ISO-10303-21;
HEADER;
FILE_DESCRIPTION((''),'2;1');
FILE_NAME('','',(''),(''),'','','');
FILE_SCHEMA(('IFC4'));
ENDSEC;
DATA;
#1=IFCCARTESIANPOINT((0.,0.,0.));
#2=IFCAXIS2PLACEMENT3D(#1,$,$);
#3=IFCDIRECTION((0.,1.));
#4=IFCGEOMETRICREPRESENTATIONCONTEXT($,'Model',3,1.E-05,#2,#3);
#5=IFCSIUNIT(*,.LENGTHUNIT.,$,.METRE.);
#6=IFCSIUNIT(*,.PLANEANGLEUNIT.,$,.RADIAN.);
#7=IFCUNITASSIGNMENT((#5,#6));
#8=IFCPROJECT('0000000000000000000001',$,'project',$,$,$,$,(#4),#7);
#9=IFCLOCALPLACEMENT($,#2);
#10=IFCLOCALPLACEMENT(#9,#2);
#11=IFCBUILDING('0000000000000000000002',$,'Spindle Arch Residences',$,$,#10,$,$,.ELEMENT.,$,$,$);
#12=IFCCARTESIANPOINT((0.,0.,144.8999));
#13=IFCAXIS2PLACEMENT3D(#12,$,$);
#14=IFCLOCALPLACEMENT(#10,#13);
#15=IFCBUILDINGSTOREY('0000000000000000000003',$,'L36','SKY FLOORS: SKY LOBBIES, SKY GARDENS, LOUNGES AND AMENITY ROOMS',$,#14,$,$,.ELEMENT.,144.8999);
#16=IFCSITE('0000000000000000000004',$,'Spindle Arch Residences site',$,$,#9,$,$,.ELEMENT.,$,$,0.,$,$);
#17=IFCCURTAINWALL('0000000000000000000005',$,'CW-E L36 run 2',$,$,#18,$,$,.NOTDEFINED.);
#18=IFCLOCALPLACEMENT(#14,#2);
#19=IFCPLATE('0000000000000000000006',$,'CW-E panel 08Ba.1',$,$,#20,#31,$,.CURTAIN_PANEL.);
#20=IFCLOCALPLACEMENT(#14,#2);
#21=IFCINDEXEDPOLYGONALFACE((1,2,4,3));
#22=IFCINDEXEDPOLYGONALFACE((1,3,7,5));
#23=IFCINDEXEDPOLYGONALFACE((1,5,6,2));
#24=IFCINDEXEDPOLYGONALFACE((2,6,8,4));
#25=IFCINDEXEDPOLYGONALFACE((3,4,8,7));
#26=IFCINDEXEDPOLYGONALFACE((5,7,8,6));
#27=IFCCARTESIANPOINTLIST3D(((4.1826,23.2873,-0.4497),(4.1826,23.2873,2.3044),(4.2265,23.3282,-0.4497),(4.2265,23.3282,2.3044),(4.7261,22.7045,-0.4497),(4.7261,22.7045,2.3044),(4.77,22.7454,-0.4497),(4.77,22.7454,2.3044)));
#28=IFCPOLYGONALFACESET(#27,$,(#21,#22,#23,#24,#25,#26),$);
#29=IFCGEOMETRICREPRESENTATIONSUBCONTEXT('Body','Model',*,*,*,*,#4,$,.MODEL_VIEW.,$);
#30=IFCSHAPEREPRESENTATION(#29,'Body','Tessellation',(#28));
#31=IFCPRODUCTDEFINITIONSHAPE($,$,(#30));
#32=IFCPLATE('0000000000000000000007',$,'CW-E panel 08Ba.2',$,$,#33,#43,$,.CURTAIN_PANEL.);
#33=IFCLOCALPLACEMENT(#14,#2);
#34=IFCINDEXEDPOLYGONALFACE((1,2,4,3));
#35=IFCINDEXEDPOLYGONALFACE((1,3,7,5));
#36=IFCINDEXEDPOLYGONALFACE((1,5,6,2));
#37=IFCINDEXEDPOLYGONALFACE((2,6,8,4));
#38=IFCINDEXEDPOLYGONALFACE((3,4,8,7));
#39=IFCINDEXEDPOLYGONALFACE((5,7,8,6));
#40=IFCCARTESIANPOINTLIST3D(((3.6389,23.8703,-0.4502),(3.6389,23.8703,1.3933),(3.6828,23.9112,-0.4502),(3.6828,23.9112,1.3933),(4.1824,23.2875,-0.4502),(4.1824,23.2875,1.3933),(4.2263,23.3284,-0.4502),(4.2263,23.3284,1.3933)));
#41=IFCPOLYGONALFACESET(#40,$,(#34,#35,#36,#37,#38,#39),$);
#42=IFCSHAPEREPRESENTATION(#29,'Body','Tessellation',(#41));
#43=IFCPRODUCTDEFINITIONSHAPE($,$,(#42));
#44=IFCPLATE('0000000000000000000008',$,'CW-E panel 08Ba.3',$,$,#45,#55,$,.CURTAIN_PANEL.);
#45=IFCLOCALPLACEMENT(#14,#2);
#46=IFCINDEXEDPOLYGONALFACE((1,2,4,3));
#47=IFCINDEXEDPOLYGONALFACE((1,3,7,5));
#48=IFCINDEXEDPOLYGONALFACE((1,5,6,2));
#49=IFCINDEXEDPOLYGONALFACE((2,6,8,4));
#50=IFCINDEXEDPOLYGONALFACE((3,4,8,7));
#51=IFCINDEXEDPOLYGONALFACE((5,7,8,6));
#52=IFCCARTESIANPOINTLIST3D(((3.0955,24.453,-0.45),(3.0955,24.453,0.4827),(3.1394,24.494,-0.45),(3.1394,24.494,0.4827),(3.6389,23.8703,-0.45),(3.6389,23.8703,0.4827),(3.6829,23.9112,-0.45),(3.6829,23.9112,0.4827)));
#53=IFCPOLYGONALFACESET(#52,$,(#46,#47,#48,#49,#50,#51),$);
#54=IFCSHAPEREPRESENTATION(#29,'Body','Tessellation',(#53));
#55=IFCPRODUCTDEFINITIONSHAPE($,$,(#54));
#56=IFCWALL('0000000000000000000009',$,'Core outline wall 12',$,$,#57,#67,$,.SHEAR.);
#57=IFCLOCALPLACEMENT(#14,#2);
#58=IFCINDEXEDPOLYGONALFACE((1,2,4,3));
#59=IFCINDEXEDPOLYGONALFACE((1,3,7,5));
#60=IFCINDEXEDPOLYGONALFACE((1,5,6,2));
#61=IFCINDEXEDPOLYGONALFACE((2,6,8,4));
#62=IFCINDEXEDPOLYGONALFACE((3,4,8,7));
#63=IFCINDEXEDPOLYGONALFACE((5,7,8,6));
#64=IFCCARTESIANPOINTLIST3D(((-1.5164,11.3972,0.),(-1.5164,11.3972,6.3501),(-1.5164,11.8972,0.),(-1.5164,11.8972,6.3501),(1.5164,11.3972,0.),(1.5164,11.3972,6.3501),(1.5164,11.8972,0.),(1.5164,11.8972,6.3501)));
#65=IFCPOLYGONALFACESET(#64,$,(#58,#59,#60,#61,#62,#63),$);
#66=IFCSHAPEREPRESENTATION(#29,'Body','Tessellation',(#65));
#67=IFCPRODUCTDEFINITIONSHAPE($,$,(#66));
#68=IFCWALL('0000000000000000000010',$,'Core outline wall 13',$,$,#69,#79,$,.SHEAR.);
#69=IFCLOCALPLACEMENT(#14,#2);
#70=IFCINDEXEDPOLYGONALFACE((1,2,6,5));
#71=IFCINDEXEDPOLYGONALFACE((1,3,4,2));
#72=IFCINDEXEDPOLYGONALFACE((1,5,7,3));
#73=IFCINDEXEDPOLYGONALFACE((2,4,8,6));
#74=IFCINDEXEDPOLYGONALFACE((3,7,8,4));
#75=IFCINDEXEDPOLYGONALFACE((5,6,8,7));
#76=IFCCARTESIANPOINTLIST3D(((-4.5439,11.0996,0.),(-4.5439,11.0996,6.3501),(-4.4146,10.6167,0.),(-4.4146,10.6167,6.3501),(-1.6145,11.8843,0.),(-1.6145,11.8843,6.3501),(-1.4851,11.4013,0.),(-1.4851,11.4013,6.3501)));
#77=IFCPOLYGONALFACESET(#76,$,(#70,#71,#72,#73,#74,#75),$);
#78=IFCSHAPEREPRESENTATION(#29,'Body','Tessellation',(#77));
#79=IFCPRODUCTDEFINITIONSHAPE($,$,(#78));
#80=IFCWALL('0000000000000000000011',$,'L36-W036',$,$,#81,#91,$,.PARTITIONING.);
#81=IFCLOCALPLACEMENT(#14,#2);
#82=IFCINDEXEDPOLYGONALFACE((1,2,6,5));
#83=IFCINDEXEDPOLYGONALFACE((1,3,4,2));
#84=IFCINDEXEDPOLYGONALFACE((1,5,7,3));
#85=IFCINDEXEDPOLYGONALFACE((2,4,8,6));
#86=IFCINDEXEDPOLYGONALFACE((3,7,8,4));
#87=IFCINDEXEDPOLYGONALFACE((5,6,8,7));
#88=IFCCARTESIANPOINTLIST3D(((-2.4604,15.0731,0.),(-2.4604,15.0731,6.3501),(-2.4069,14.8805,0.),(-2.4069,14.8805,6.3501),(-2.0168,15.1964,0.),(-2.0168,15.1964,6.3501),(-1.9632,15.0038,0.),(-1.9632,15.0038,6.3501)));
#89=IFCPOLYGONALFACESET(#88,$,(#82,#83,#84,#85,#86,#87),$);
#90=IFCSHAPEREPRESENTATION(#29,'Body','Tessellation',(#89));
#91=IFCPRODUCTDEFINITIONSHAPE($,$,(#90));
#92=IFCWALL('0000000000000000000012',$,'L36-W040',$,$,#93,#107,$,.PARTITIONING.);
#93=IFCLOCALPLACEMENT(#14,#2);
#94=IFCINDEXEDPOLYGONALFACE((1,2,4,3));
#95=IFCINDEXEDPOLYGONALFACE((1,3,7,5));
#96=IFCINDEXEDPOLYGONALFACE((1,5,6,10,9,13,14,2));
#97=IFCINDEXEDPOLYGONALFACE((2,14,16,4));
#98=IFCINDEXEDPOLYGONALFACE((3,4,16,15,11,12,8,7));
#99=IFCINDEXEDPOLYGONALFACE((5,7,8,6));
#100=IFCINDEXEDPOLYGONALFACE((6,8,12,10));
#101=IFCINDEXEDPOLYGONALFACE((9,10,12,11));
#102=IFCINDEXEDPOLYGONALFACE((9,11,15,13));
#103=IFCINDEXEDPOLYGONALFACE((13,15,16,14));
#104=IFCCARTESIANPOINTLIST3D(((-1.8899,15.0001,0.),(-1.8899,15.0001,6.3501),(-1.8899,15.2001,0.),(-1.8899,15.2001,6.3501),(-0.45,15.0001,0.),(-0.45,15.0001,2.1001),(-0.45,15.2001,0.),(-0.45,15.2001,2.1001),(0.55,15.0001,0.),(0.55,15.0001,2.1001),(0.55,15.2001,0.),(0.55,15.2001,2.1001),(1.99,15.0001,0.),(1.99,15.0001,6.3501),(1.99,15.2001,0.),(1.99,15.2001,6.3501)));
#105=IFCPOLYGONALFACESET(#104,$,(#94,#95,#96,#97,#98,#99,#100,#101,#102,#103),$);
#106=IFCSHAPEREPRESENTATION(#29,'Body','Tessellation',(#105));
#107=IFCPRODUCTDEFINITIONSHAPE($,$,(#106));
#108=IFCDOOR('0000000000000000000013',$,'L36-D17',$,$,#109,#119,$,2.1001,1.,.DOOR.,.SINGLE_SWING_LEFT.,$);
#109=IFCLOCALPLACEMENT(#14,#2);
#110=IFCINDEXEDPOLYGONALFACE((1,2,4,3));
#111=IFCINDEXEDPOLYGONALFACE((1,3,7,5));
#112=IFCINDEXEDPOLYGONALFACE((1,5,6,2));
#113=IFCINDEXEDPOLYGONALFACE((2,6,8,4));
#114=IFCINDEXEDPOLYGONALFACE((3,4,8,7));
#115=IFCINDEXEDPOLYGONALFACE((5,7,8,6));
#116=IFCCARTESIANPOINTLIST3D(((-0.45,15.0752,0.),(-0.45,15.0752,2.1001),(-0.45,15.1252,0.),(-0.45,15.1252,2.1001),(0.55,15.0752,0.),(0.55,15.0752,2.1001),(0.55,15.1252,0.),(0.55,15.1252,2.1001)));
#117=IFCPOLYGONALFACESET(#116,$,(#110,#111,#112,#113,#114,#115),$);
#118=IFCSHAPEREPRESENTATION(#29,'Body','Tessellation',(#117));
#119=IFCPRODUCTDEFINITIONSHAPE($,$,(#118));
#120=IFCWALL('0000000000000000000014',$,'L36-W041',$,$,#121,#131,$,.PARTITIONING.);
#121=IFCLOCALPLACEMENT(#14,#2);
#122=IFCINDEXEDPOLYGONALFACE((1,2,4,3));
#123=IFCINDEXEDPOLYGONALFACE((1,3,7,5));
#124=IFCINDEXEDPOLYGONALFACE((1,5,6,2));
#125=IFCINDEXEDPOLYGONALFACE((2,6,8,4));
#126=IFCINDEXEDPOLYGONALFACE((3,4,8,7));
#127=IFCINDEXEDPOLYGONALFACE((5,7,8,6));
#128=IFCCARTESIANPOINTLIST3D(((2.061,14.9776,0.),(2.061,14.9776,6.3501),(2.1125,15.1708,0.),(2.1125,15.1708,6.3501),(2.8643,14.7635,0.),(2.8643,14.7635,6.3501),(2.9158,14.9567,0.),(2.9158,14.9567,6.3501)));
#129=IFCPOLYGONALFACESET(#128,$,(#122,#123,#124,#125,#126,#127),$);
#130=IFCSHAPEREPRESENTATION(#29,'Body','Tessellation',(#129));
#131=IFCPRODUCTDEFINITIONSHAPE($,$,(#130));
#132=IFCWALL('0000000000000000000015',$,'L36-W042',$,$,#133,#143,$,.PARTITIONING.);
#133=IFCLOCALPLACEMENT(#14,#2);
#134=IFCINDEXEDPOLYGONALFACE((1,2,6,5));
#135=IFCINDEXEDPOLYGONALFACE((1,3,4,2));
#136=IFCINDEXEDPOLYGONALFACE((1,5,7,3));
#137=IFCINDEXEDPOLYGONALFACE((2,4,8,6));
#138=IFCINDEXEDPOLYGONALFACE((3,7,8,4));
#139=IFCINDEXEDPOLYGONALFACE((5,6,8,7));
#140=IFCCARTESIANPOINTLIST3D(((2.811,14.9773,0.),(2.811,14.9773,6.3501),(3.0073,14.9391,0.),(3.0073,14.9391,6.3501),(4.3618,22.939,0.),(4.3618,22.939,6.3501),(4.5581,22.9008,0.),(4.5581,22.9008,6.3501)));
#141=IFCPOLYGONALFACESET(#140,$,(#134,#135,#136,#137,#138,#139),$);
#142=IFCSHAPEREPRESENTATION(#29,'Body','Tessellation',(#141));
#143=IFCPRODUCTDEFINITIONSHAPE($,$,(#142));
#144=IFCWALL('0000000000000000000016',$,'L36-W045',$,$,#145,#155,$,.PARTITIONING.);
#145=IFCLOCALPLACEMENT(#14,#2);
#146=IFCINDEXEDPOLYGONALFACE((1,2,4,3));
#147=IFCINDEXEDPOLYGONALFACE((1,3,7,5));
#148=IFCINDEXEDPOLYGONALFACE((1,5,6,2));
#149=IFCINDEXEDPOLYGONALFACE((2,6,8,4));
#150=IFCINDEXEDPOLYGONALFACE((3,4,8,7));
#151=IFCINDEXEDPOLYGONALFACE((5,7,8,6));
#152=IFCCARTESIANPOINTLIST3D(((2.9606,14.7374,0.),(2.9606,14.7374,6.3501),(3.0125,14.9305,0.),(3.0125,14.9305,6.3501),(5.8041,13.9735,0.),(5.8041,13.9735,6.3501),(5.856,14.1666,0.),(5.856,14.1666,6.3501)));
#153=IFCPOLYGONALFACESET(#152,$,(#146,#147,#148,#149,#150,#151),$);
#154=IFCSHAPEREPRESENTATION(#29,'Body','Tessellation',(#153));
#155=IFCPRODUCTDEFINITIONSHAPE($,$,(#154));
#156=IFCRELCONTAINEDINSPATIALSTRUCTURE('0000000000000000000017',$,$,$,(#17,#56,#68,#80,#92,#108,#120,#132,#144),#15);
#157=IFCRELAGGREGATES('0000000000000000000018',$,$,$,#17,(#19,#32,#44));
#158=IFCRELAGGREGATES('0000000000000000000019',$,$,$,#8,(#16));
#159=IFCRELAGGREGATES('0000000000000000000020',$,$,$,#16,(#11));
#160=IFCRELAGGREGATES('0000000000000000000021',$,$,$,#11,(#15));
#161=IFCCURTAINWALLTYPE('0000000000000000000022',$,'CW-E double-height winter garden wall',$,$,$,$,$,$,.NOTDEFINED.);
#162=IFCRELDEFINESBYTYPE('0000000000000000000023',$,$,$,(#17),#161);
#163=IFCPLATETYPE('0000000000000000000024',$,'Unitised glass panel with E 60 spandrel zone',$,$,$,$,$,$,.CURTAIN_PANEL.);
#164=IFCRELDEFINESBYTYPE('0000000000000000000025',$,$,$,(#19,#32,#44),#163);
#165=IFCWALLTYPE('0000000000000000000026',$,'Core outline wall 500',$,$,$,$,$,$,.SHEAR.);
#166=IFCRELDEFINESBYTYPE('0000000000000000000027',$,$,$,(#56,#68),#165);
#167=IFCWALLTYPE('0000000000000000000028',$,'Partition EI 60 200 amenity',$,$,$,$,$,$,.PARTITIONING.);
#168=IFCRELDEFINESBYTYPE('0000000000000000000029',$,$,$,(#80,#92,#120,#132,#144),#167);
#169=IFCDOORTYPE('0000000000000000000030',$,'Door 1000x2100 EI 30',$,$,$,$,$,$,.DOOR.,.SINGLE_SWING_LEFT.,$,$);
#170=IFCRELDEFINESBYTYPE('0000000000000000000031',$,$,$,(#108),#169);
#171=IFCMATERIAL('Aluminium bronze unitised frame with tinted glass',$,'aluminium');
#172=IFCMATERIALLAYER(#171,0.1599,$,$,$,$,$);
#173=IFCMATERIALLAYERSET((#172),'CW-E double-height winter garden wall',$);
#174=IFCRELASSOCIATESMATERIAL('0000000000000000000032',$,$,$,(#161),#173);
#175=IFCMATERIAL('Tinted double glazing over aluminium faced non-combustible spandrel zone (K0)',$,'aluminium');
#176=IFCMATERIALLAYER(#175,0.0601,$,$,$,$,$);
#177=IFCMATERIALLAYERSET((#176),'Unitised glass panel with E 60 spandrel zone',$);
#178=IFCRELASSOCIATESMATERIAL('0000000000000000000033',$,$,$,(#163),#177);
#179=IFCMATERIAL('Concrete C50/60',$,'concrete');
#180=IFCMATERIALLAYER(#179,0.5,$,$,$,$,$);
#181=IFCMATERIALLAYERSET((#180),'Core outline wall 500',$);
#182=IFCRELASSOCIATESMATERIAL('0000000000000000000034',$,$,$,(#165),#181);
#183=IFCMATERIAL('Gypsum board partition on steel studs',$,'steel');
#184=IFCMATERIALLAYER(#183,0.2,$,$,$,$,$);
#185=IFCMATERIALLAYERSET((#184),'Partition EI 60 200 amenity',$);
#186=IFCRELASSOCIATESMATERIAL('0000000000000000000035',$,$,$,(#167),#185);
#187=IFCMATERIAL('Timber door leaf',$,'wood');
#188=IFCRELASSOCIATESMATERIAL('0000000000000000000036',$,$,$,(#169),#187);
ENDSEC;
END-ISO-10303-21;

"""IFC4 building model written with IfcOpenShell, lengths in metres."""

from ifc_helpers import new_model, si_unit, direction, frame, frame_2d, origin, origin_2d, place, context, subcontext, project, spatial, rectangle, extrude, material, layer, layer_set, type_object, element, fill, aggregate, save


model = new_model("IFC4")

# Units and contexts
model_context = context("Model", 3, precision=1e-05, world=origin(), true_north=direction((0.0, 1.0)))
body_context = subcontext(model_context, "Body", "Model", "MODEL_VIEW")
ifc_project = project(units=[si_unit("LENGTHUNIT", "METRE"), si_unit("PLANEANGLEUNIT", "RADIAN")], contexts=[model_context])

# Site, building, storey
site_placement = place(None, origin())
site = spatial("IfcSite", under=ifc_project, at=site_placement, Name="Spindle Arch Residences site", CompositionType="ELEMENT", RefElevation=0.0)
building_placement = place(site_placement, origin())
building = spatial("IfcBuilding", under=site, at=building_placement, Name="Spindle Arch Residences", CompositionType="ELEMENT")
storey_placement = place(building_placement, frame((0.0, 0.0, 144.8999)))
storey = spatial("IfcBuildingStorey", under=building, at=storey_placement, Name="L36", Description="SKY FLOORS: SKY LOBBIES, SKY GARDENS, LOUNGES AND AMENITY ROOMS", CompositionType="ELEMENT", Elevation=144.8999)

# Curtain wall, plates
ifc_material_1 = material(Name="Aluminium bronze unitised frame with tinted glass", Category="aluminium")
ifc_layer_1 = layer(ifc_material_1, 0.1599)
ifc_layer_set_1 = layer_set([ifc_layer_1], Name="CW-E double-height winter garden wall")
curtain_wall_type = type_object("IfcCurtainWallType", Name="CW-E double-height winter garden wall", PredefinedType="NOTDEFINED", material=ifc_layer_set_1)
curtain_wall_placement = place(storey_placement, origin())
curtain_wall = element("IfcCurtainWall", 1, at=curtain_wall_placement, inside=storey, type_object=curtain_wall_type, Name="CW-E L36 run 2", PredefinedType="NOTDEFINED")
ifc_material_2 = material(Name="Tinted double glazing over aluminium faced non-combustible spandrel zone (K0)", Category="aluminium")
ifc_layer_2 = layer(ifc_material_2, 0.0601)
ifc_layer_set_2 = layer_set([ifc_layer_2], Name="Unitised glass panel with E 60 spandrel zone")
plate_type_1 = type_object("IfcPlateType", Name="Unitised glass panel with E 60 spandrel zone", PredefinedType="CURTAIN_PANEL", material=ifc_layer_set_2)
plate_1_placement = place(storey_placement, frame((4.4763, 23.0164, -0.4497), z_axis=(0.0, 0.0, 1.0), x_axis=(-0.681998, 0.731354, 0.0)))
plate_1 = element("IfcPlate", 2, at=plate_1_placement, type_object=plate_type_1, Name="CW-E panel 08Ba.1", PredefinedType="CURTAIN_PANEL", context=body_context, shape_type="SweptSolid", body=[
    extrude(rectangle(XDim=0.7969, YDim=0.0601, at=origin_2d()), origin(), (0.0, 0.0, 1.0), 2.7542),
])
plate_2_placement = place(storey_placement, frame((3.9326, 23.5994, -0.4502), z_axis=(0.0, 0.0, 1.0), x_axis=(-0.681998, 0.731354, 0.0)))
plate_2 = element("IfcPlate", 3, at=plate_2_placement, type_object=plate_type_1, Name="CW-E panel 08Ba.2", PredefinedType="CURTAIN_PANEL", context=body_context, shape_type="SweptSolid", body=[
    extrude(rectangle(XDim=0.7969, YDim=0.0601, at=origin_2d()), origin(), (0.0, 0.0, 1.0), 1.8435),
])
plate_3_placement = place(storey_placement, frame((3.3892, 24.1821, -0.45), z_axis=(0.0, 0.0, 1.0), x_axis=(-0.681998, 0.731354, 0.0)))
plate_3 = element("IfcPlate", 4, at=plate_3_placement, type_object=plate_type_1, Name="CW-E panel 08Ba.3", PredefinedType="CURTAIN_PANEL", context=body_context, shape_type="SweptSolid", body=[
    extrude(rectangle(XDim=0.7969, YDim=0.0601, at=origin_2d()), origin(), (0.0, 0.0, 1.0), 0.9326),
])
aggregate(curtain_wall, [plate_1, plate_2, plate_3])

# Walls
ifc_material_3 = material(Name="Concrete C50/60", Category="concrete")
ifc_layer_3 = layer(ifc_material_3, 0.5)
ifc_layer_set_3 = layer_set([ifc_layer_3], Name="Core outline wall 500")
wall_type_1 = type_object("IfcWallType", Name="Core outline wall 500", PredefinedType="SHEAR", material=ifc_layer_set_3)
for number, where, z_axis, x_axis, name in (
    (5, (1.5164, 11.6472, 0.0), (0.0, 0.0, 1.0), (-1.0, 0.0, 0.0), "Core outline wall 12"),
    (6, (-1.5498, 11.6428, 0.0), (0.0, 0.0, 1.0), (-0.965948, -0.258735, 0.0), "Core outline wall 13"),
):
    element("IfcWall", number, at=place(storey_placement, frame(where, z_axis=z_axis, x_axis=x_axis)), inside=storey, type_object=wall_type_1, Name=name, PredefinedType="SHEAR", context=body_context, shape_type="SweptSolid", body=[
        extrude(rectangle(XDim=3.0327, YDim=0.5, at=frame_2d((1.5164, 0.0))), origin(), (0.0, 0.0, 1.0), 6.3501),
    ])
ifc_material_4 = material(Name="Gypsum board partition on steel studs", Category="steel")
ifc_layer_4 = layer(ifc_material_4, 0.2)
ifc_layer_set_4 = layer_set([ifc_layer_4], Name="Partition EI 60 200 amenity")
wall_type_2 = type_object("IfcWallType", Name="Partition EI 60 200 amenity", PredefinedType="PARTITIONING", material=ifc_layer_set_4)
wall_1_placement = place(storey_placement, frame((-1.99, 15.1001, 0.0), z_axis=(0.0, 0.0, 1.0), x_axis=(-0.96348, -0.267781, 0.0)))
element("IfcWall", 7, at=wall_1_placement, inside=storey, type_object=wall_type_2, Name="L36-W036", PredefinedType="PARTITIONING", context=body_context, shape_type="SweptSolid", body=[
    extrude(rectangle(XDim=0.4604, YDim=0.2, at=frame_2d((0.2302, 0.0))), origin(), (0.0, 0.0, 1.0), 6.3501),
])

# Wall, opening, door
wall_2_placement = place(storey_placement, frame((1.99, 15.1001, 0.0), z_axis=(0.0, 0.0, 1.0), x_axis=(-1.0, 0.0, 0.0)))
wall_2 = element("IfcWall", 8, at=wall_2_placement, inside=storey, type_object=wall_type_2, Name="L36-W040", PredefinedType="PARTITIONING", context=body_context, shape_type="SweptSolid", body=[
    extrude(rectangle(XDim=3.8799, YDim=0.2, at=frame_2d((1.9399, 0.0))), origin(), (0.0, 0.0, 1.0), 6.3501),
])
opening_placement = place(wall_2_placement, frame((1.4399, 0.0, 0.0)))
opening = element("IfcOpeningElement", 9, at=opening_placement, cuts=wall_2, PredefinedType="OPENING", context=body_context, shape_type="SweptSolid", body=[
    extrude(rectangle(XDim=1.0, YDim=2.1001, at=frame_2d((0.5, 1.05))), frame((0.0, 0.1099, 0.0), z_axis=(0.0, -1.0, 0.0), x_axis=(1.0, 0.0, 0.0)), (0.0, 0.0, 1.0), 0.22),
])
ifc_material_5 = material(Name="Timber door leaf", Category="wood")
door_type = type_object("IfcDoorType", Name="Door 1000x2100 EI 30", OperationType="SINGLE_SWING_LEFT", PredefinedType="DOOR", material=ifc_material_5)
door_placement = place(opening_placement, origin())
door = element("IfcDoor", 10, at=door_placement, inside=storey, type_object=door_type, Name="L36-D17", OperationType="SINGLE_SWING_LEFT", OverallHeight=2.1001, OverallWidth=1.0, PredefinedType="DOOR", context=body_context, shape_type="SweptSolid", body=[
    extrude(rectangle(XDim=1.0, YDim=2.1001, at=frame_2d((0.5, 1.05))), frame((0.0, 0.0249, 0.0), z_axis=(0.0, -1.0, 0.0), x_axis=(1.0, 0.0, 0.0)), (0.0, 0.0, 1.0), 0.05),
])
fill(opening, door)

# Walls
wall_3_placement = place(storey_placement, frame((2.8899, 14.8601, 0.0), z_axis=(0.0, 0.0, 1.0), x_axis=(-0.966259, 0.257571, 0.0)))
element("IfcWall", 11, at=wall_3_placement, inside=storey, type_object=wall_type_2, Name="L36-W041", PredefinedType="PARTITIONING", context=body_context, shape_type="SweptSolid", body=[
    extrude(rectangle(XDim=0.8313, YDim=0.2, at=frame_2d((0.4155, 0.0))), origin(), (0.0, 0.0, 1.0), 6.3501),
])
wall_4_placement = place(storey_placement, frame((4.46, 22.9199, 0.0), z_axis=(0.0, 0.0, 1.0), x_axis=(-0.191188, -0.981553, 0.0)))
element("IfcWall", 12, at=wall_4_placement, inside=storey, type_object=wall_type_2, Name="L36-W042", PredefinedType="PARTITIONING", context=body_context, shape_type="SweptSolid", body=[
    extrude(rectangle(XDim=8.1113, YDim=0.2, at=frame_2d((4.0557, 0.0))), origin(), (0.0, 0.0, 1.0), 6.3501),
])
wall_5_placement = place(storey_placement, frame((5.8301, 14.0701, 0.0), z_axis=(0.0, 0.0, 1.0), x_axis=(-0.965756, 0.259453, 0.0)))
element("IfcWall", 13, at=wall_5_placement, inside=storey, type_object=wall_type_2, Name="L36-W045", PredefinedType="PARTITIONING", context=body_context, shape_type="SweptSolid", body=[
    extrude(rectangle(XDim=2.9443, YDim=0.2, at=frame_2d((1.4722, 0.0))), origin(), (0.0, 0.0, 1.0), 6.3501),
])

save(model, "model.ifc")
